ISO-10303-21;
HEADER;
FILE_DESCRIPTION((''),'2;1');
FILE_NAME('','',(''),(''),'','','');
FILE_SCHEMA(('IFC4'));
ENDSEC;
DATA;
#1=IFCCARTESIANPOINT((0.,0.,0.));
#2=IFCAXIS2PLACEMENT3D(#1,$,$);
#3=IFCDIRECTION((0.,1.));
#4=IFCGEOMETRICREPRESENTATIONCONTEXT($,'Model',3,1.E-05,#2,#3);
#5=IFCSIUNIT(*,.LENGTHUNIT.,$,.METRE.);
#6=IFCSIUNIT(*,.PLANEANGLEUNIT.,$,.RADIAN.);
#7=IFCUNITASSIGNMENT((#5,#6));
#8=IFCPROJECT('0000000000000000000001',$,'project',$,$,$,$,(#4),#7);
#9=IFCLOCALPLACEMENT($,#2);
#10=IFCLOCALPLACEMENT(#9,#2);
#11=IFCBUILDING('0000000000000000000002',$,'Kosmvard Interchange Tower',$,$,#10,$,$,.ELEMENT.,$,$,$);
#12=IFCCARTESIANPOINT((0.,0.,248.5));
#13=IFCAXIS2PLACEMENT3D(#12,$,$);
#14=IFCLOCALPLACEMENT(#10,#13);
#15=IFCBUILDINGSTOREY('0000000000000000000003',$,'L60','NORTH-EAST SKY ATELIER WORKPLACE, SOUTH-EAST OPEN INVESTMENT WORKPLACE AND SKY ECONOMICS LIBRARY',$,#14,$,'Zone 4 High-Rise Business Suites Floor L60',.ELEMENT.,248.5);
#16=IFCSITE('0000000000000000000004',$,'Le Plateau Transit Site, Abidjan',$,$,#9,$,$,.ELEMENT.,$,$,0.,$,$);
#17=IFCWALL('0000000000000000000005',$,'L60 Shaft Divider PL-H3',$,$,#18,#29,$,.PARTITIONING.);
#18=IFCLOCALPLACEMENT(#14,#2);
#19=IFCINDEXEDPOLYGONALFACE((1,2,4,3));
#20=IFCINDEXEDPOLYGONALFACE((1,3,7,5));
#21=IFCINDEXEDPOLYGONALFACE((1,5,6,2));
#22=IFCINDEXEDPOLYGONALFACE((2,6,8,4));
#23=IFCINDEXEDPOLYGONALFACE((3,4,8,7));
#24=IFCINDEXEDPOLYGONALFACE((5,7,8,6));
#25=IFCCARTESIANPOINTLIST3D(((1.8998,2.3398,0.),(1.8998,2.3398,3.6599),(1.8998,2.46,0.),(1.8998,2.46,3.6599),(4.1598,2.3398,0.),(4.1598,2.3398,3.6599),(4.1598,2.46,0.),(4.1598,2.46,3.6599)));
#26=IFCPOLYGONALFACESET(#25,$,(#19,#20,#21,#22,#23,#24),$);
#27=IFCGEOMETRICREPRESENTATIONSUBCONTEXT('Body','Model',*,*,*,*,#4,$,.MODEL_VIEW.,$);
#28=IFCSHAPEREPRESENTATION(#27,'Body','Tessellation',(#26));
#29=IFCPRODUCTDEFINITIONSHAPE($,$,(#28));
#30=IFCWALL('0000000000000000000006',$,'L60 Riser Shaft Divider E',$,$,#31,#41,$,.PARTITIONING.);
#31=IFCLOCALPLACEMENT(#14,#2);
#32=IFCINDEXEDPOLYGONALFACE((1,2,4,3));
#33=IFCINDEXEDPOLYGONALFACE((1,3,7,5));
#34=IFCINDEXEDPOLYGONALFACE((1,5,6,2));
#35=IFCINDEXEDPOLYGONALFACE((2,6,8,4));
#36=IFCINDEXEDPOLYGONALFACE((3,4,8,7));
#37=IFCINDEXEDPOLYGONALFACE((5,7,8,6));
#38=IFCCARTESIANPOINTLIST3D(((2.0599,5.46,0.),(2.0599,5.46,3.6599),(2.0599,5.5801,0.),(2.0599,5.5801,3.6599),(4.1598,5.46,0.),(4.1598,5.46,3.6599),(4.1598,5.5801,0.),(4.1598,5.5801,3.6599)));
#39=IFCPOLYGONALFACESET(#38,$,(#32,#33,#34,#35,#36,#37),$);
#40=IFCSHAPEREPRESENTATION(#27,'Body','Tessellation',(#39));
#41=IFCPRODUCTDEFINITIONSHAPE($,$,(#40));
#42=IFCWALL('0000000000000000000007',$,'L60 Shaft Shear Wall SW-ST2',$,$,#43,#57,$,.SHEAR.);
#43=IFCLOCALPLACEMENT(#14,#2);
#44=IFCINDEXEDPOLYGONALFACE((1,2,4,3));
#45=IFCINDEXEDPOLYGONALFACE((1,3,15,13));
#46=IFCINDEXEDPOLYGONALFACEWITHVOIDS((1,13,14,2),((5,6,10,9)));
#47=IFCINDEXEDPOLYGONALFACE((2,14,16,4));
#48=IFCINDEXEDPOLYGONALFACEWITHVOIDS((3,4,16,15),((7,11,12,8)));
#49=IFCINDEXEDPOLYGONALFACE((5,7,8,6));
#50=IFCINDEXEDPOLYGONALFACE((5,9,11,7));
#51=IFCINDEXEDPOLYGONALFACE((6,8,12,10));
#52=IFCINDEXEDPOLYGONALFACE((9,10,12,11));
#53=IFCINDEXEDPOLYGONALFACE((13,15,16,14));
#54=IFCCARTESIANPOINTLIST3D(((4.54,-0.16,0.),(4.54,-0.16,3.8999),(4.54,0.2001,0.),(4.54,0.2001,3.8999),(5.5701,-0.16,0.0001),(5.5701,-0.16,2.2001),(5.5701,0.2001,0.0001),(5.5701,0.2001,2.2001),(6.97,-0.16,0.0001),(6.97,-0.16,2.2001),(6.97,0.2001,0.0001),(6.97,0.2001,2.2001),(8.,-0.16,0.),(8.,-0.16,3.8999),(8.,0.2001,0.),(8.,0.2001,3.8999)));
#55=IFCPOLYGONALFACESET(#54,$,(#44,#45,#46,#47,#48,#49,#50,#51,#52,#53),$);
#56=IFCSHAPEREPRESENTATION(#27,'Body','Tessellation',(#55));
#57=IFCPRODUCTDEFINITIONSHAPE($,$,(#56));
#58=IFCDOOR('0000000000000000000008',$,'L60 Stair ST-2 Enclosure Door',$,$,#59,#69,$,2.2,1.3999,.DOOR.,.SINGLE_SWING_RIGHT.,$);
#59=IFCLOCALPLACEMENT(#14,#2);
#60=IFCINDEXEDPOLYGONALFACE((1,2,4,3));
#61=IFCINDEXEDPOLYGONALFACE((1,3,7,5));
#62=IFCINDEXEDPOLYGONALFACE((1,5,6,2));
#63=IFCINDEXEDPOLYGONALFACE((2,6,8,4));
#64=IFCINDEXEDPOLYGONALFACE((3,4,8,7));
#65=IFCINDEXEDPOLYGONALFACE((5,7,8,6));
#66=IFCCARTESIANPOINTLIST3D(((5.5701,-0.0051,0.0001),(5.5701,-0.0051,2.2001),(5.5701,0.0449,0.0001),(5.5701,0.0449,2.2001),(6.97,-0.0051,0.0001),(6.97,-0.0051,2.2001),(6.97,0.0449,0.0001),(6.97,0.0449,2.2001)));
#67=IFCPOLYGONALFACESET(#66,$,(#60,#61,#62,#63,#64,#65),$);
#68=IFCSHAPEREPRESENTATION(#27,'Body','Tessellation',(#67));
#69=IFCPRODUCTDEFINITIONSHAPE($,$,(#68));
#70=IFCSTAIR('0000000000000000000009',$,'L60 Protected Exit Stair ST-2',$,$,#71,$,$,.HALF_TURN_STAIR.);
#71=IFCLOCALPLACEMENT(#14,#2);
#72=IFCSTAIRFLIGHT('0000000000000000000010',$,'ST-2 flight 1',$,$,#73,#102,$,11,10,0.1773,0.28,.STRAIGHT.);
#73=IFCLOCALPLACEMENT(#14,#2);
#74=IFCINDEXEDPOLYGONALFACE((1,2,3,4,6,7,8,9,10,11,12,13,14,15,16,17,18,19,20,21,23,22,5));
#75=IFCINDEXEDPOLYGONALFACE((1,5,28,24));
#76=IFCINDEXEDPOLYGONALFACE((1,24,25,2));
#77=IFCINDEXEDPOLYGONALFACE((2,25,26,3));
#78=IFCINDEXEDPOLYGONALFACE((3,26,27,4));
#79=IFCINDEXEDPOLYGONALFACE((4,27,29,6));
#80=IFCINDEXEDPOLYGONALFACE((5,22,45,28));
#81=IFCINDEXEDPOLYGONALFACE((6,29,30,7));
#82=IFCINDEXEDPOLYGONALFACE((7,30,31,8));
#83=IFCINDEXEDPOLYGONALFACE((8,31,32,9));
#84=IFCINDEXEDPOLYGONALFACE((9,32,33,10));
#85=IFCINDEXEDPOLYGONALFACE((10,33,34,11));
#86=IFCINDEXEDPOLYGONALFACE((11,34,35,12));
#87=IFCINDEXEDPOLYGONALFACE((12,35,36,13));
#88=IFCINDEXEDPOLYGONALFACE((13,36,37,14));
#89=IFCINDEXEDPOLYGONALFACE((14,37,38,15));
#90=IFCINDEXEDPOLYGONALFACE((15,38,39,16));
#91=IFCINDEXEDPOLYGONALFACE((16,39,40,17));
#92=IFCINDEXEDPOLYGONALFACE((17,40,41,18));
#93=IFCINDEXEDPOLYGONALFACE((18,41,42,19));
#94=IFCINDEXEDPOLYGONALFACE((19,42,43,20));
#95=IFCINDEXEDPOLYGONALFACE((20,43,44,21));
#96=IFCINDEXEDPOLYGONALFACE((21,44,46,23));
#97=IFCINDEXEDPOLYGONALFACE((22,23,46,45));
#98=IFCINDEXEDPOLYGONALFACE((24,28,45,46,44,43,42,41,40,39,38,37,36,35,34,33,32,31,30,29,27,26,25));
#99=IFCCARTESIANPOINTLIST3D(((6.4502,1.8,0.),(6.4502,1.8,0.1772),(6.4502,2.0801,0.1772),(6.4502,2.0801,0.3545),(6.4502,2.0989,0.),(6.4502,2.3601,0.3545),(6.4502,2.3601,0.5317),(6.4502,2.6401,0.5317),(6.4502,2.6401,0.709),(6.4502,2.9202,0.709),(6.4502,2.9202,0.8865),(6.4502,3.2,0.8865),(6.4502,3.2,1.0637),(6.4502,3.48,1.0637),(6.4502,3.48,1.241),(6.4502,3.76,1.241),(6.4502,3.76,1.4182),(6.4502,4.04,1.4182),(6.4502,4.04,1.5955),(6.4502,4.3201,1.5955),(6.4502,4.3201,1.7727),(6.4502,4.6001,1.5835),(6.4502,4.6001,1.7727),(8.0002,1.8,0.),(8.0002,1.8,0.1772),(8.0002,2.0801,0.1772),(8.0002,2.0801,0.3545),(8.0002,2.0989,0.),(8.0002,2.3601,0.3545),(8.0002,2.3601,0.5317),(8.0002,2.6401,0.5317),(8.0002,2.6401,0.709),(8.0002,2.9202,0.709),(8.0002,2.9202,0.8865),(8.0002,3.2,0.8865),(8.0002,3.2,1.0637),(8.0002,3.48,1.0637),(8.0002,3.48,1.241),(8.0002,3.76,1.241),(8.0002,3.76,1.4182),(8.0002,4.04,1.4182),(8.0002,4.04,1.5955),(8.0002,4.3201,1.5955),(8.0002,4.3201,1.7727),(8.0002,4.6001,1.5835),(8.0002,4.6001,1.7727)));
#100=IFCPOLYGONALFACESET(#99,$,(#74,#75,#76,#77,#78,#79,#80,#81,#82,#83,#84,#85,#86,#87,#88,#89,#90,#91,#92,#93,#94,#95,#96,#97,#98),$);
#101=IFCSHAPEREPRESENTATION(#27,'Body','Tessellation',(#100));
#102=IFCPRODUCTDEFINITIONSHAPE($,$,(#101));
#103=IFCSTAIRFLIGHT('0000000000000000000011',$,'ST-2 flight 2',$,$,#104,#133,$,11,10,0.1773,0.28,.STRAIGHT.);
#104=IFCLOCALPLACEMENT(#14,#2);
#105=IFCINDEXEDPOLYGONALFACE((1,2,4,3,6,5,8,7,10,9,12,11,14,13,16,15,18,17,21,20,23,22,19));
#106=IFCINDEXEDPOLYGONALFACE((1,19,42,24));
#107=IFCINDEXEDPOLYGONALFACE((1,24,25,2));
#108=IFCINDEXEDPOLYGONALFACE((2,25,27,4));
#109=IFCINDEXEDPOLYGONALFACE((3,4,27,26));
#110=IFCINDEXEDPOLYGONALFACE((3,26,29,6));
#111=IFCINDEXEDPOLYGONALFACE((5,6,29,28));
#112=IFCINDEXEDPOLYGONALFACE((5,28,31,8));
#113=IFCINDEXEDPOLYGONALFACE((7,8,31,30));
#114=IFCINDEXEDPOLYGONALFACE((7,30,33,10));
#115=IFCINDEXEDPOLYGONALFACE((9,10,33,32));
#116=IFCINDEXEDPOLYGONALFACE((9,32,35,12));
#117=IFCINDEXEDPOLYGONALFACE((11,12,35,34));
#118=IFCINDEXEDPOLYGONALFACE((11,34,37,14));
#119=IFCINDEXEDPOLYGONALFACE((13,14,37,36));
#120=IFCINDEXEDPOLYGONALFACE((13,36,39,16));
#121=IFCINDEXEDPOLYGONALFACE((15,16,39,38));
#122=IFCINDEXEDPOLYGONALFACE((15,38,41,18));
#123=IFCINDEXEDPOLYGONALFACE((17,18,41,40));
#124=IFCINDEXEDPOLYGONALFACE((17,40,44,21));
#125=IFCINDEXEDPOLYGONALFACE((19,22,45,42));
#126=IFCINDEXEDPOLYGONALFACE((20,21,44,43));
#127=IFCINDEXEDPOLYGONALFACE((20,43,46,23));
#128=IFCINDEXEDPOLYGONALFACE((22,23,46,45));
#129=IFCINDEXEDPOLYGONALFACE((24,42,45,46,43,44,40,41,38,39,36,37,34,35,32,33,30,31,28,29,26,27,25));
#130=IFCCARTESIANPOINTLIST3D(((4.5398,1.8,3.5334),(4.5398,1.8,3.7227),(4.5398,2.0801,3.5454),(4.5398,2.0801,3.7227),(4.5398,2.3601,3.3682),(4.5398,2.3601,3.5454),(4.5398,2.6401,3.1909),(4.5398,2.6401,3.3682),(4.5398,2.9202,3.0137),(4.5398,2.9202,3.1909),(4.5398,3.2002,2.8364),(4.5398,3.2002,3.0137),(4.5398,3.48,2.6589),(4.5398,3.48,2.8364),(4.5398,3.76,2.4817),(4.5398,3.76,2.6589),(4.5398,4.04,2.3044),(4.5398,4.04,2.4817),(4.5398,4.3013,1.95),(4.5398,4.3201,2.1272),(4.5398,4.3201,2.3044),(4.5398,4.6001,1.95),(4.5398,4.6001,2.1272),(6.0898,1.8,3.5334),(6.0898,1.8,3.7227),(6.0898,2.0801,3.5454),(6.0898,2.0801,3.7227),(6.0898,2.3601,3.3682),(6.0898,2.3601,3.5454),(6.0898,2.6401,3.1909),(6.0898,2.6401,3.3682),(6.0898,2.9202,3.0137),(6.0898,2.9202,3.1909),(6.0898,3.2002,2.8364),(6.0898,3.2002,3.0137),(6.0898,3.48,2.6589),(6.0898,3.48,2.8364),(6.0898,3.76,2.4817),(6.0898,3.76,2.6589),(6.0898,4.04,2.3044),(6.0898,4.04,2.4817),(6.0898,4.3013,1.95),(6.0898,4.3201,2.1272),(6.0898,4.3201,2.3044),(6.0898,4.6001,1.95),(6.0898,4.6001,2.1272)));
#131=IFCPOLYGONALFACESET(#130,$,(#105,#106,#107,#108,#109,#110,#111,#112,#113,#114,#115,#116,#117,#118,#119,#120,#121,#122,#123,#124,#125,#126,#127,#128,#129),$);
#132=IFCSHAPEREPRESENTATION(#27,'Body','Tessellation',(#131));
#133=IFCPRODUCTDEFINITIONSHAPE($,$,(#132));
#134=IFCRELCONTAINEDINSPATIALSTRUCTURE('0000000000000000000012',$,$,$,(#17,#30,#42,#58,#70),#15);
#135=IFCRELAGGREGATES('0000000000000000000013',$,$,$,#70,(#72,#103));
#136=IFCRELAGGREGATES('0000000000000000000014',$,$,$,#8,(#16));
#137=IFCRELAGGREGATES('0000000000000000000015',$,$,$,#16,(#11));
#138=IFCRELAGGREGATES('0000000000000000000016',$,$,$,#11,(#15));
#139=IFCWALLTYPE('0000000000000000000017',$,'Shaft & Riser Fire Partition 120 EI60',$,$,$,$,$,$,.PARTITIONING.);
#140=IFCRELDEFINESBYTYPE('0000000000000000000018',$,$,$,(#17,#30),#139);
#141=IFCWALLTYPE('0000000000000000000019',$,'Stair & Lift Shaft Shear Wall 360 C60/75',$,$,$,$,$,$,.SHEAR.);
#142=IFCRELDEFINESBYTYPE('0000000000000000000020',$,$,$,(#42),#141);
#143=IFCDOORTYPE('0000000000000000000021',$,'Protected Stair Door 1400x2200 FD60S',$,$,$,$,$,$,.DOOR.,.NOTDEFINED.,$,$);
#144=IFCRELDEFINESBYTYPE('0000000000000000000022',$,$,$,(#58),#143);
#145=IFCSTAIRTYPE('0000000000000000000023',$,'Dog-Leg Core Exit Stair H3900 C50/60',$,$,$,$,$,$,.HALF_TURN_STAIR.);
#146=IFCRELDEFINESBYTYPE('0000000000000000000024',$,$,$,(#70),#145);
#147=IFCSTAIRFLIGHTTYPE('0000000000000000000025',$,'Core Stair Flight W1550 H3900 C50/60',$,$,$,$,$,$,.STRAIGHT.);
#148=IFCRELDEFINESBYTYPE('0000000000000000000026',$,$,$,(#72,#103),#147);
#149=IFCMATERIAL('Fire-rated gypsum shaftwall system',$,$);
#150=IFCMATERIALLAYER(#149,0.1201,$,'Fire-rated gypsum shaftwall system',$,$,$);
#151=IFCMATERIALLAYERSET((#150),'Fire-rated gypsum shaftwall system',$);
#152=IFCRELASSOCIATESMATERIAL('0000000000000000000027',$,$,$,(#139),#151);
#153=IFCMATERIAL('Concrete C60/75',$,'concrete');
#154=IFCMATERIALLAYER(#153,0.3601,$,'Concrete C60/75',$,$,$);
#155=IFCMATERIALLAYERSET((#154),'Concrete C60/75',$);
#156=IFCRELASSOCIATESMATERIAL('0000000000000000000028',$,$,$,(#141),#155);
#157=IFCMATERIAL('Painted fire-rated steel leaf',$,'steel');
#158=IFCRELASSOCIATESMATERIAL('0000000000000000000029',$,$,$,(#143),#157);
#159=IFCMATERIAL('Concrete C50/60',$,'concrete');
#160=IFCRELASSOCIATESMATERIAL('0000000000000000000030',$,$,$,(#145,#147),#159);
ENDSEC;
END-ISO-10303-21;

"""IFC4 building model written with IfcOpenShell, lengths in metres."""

from ifc_helpers import new_model, si_unit, direction, frame, frame_2d, origin, place, context, subcontext, project, spatial, polyline, rectangle, outline, extrude, source, transform, mapped, material, layer, layer_set, type_object, element, fill, aggregate, save


model = new_model("IFC4")

# Units and contexts
model_context = context("Model", 3, precision=1e-05, world=origin(), true_north=direction((0.0, 1.0)))
body_context = subcontext(model_context, "Body", "Model", "MODEL_VIEW")
ifc_project = project(units=[si_unit("LENGTHUNIT", "METRE"), si_unit("PLANEANGLEUNIT", "RADIAN")], contexts=[model_context])

# Site, building, storey
site_placement = place(None, origin())
site = spatial("IfcSite", under=ifc_project, at=site_placement, Name="Le Plateau Transit Site, Abidjan", CompositionType="ELEMENT", RefElevation=0.0)
building_placement = place(site_placement, origin())
building = spatial("IfcBuilding", under=site, at=building_placement, Name="Kosmvard Interchange Tower", CompositionType="ELEMENT")
storey_placement = place(building_placement, frame((0.0, 0.0, 248.5)))
storey = spatial("IfcBuildingStorey", under=building, at=storey_placement, Name="L60", Description="NORTH-EAST SKY ATELIER WORKPLACE, SOUTH-EAST OPEN INVESTMENT WORKPLACE AND SKY ECONOMICS LIBRARY", LongName="Zone 4 High-Rise Business Suites Floor L60", CompositionType="ELEMENT", Elevation=248.5)

# Shared definitions
ifc_material_1 = material(Name="Concrete C60/75", Category="concrete")
ifc_material_2 = material(Name="Concrete C50/60", Category="concrete")

# Walls
ifc_material_3 = material(Name="Fire-rated gypsum shaftwall system")
ifc_layer_1 = layer(ifc_material_3, 0.1201, Name="Fire-rated gypsum shaftwall system")
ifc_layer_set_1 = layer_set([ifc_layer_1], Name="Fire-rated gypsum shaftwall system")
wall_type_1 = type_object("IfcWallType", Name="Shaft & Riser Fire Partition 120 EI60", PredefinedType="PARTITIONING", material=ifc_layer_set_1)
wall_1_placement = place(storey_placement, frame((1.8999, 2.3999, 0.0), z_axis=(0.0, 0.0, 1.0), x_axis=(1.0, 0.0, 0.0)))
element("IfcWall", 1, at=wall_1_placement, inside=storey, type_object=wall_type_1, Name="L60 Shaft Divider PL-H3", PredefinedType="PARTITIONING", context=body_context, shape_type="SweptSolid", body=[
    extrude(rectangle(XDim=2.26, YDim=0.1201, at=frame_2d((1.1299, 0.0))), origin(), (0.0, 0.0, 1.0), 3.6599),
])
wall_2_placement = place(storey_placement, frame((2.0601, 5.52, 0.0), z_axis=(0.0, 0.0, 1.0), x_axis=(1.0, 0.0, 0.0)))
element("IfcWall", 2, at=wall_2_placement, inside=storey, type_object=wall_type_1, Name="L60 Riser Shaft Divider E", PredefinedType="PARTITIONING", context=body_context, shape_type="SweptSolid", body=[
    extrude(rectangle(XDim=2.0999, YDim=0.1201, at=frame_2d((1.0498, 0.0))), origin(), (0.0, 0.0, 1.0), 3.6599),
])

# Wall, opening, door
ifc_layer_2 = layer(ifc_material_1, 0.3601, Name="Concrete C60/75")
ifc_layer_set_2 = layer_set([ifc_layer_2], Name="Concrete C60/75")
wall_type_2 = type_object("IfcWallType", Name="Stair & Lift Shaft Shear Wall 360 C60/75", PredefinedType="SHEAR", material=ifc_layer_set_2)
wall_3_placement = place(storey_placement, frame((4.54, 0.02, 0.0), z_axis=(0.0, 0.0, 1.0), x_axis=(1.0, 0.0, 0.0)))
wall_3 = element("IfcWall", 3, at=wall_3_placement, inside=storey, type_object=wall_type_2, Name="L60 Shaft Shear Wall SW-ST2", PredefinedType="SHEAR", context=body_context, shape_type="SweptSolid", body=[
    extrude(rectangle(XDim=3.46, YDim=0.3601, at=frame_2d((1.73, 0.0))), origin(), (0.0, 0.0, 1.0), 3.8999),
])
opening_1_placement = place(wall_3_placement, frame((1.03, 0.0, 0.0)))
opening_1 = element("IfcOpeningElement", 4, at=opening_1_placement, cuts=wall_3, PredefinedType="OPENING", context=body_context, shape_type="SweptSolid", body=[
    extrude(rectangle(XDim=1.3999, YDim=2.2, at=frame_2d((0.7, 1.1001))), frame((0.0, 0.1899, 0.0), z_axis=(0.0, -1.0, 0.0), x_axis=(1.0, 0.0, 0.0)), (0.0, 0.0, 1.0), 0.3801),
])
ifc_material_4 = material(Name="Painted fire-rated steel leaf", Category="steel")
door_type = type_object("IfcDoorType", Name="Protected Stair Door 1400x2200 FD60S", OperationType="NOTDEFINED", PredefinedType="DOOR", material=ifc_material_4)
shared_shape_1 = source(origin(), body_context, "Body", "SweptSolid", [
    extrude(rectangle(XDim=1.3999, YDim=2.2, at=frame_2d((0.7, 1.1001))), frame((0.0, 0.0249, 0.0), z_axis=(0.0, -1.0, 0.0), x_axis=(1.0, 0.0, 0.0)), (0.0, 0.0, 1.0), 0.05),
])
door_placement = place(opening_1_placement, origin())
door = element("IfcDoor", 5, at=door_placement, inside=storey, type_object=door_type, Name="L60 Stair ST-2 Enclosure Door", OperationType="SINGLE_SWING_RIGHT", OverallHeight=2.2, OverallWidth=1.3999, PredefinedType="DOOR", context=body_context, shape_type="MappedRepresentation", body=[
    mapped(shared_shape_1, transform((0.0, 0.0, 0.0), scale=1.0)),
])
fill(opening_1, door)

# Stair, stair flights
stair_type = type_object("IfcStairType", Name="Dog-Leg Core Exit Stair H3900 C50/60", PredefinedType="HALF_TURN_STAIR", material=ifc_material_2)
stair_placement = place(storey_placement, origin())
stair = element("IfcStair", 6, at=stair_placement, inside=storey, type_object=stair_type, Name="L60 Protected Exit Stair ST-2", PredefinedType="HALF_TURN_STAIR")
stair_flight_type = type_object("IfcStairFlightType", Name="Core Stair Flight W1550 H3900 C50/60", PredefinedType="STRAIGHT", material=ifc_material_2)
shared_shape_2 = source(origin(), body_context, "Body", "SweptSolid", [
    extrude(outline(polyline([(0.0, 0.0), (0.0, 0.1772), (0.28, 0.1772), (0.28, 0.3545), (0.5601, 0.3545), (0.5601, 0.5317), (0.8401, 0.5317), (0.8401, 0.709), (1.1201, 0.709), (1.1201, 0.8865), (1.3999, 0.8865), (1.3999, 1.0637), (1.6799, 1.0637), (1.6799, 1.241), (1.96, 1.241), (1.96, 1.4182), (2.24, 1.4182), (2.24, 1.5955), (2.52, 1.5955), (2.52, 1.7727), (2.8, 1.7727), (2.8, 1.95), (2.8, 1.5835), (0.2988, 0.0), (0.0, 0.0)])), frame((0.0, 0.7749, 0.0), z_axis=(0.0, -1.0, 0.0), x_axis=(1.0, 0.0, 0.0)), (0.0, 0.0, 1.0), 1.55),
])
stair_flight_1_placement = place(storey_placement, frame((7.2251, 1.8, 0.0), z_axis=(0.0, 0.0, 1.0), x_axis=(0.0, 1.0, 0.0)))
stair_flight_1 = element("IfcStairFlight", 7, at=stair_flight_1_placement, type_object=stair_flight_type, Name="ST-2 flight 1", NumberOfRisers=11, NumberOfTreads=10, PredefinedType="STRAIGHT", RiserHeight=0.1773, TreadLength=0.28, context=body_context, shape_type="MappedRepresentation", body=[
    mapped(shared_shape_2, transform((0.0, 0.0, 0.0), scale=1.0)),
])
stair_flight_2_placement = place(storey_placement, frame((5.3149, 4.6001, 1.95), z_axis=(0.0, 0.0, 1.0), x_axis=(0.0, -1.0, 0.0)))
stair_flight_2 = element("IfcStairFlight", 8, at=stair_flight_2_placement, type_object=stair_flight_type, Name="ST-2 flight 2", NumberOfRisers=11, NumberOfTreads=10, PredefinedType="STRAIGHT", RiserHeight=0.1773, TreadLength=0.28, context=body_context, shape_type="MappedRepresentation", body=[
    mapped(shared_shape_2, transform((0.0, 0.0, 0.0), scale=1.0)),
])
aggregate(stair, [stair_flight_1, stair_flight_2])

save(model, "model.ifc")
